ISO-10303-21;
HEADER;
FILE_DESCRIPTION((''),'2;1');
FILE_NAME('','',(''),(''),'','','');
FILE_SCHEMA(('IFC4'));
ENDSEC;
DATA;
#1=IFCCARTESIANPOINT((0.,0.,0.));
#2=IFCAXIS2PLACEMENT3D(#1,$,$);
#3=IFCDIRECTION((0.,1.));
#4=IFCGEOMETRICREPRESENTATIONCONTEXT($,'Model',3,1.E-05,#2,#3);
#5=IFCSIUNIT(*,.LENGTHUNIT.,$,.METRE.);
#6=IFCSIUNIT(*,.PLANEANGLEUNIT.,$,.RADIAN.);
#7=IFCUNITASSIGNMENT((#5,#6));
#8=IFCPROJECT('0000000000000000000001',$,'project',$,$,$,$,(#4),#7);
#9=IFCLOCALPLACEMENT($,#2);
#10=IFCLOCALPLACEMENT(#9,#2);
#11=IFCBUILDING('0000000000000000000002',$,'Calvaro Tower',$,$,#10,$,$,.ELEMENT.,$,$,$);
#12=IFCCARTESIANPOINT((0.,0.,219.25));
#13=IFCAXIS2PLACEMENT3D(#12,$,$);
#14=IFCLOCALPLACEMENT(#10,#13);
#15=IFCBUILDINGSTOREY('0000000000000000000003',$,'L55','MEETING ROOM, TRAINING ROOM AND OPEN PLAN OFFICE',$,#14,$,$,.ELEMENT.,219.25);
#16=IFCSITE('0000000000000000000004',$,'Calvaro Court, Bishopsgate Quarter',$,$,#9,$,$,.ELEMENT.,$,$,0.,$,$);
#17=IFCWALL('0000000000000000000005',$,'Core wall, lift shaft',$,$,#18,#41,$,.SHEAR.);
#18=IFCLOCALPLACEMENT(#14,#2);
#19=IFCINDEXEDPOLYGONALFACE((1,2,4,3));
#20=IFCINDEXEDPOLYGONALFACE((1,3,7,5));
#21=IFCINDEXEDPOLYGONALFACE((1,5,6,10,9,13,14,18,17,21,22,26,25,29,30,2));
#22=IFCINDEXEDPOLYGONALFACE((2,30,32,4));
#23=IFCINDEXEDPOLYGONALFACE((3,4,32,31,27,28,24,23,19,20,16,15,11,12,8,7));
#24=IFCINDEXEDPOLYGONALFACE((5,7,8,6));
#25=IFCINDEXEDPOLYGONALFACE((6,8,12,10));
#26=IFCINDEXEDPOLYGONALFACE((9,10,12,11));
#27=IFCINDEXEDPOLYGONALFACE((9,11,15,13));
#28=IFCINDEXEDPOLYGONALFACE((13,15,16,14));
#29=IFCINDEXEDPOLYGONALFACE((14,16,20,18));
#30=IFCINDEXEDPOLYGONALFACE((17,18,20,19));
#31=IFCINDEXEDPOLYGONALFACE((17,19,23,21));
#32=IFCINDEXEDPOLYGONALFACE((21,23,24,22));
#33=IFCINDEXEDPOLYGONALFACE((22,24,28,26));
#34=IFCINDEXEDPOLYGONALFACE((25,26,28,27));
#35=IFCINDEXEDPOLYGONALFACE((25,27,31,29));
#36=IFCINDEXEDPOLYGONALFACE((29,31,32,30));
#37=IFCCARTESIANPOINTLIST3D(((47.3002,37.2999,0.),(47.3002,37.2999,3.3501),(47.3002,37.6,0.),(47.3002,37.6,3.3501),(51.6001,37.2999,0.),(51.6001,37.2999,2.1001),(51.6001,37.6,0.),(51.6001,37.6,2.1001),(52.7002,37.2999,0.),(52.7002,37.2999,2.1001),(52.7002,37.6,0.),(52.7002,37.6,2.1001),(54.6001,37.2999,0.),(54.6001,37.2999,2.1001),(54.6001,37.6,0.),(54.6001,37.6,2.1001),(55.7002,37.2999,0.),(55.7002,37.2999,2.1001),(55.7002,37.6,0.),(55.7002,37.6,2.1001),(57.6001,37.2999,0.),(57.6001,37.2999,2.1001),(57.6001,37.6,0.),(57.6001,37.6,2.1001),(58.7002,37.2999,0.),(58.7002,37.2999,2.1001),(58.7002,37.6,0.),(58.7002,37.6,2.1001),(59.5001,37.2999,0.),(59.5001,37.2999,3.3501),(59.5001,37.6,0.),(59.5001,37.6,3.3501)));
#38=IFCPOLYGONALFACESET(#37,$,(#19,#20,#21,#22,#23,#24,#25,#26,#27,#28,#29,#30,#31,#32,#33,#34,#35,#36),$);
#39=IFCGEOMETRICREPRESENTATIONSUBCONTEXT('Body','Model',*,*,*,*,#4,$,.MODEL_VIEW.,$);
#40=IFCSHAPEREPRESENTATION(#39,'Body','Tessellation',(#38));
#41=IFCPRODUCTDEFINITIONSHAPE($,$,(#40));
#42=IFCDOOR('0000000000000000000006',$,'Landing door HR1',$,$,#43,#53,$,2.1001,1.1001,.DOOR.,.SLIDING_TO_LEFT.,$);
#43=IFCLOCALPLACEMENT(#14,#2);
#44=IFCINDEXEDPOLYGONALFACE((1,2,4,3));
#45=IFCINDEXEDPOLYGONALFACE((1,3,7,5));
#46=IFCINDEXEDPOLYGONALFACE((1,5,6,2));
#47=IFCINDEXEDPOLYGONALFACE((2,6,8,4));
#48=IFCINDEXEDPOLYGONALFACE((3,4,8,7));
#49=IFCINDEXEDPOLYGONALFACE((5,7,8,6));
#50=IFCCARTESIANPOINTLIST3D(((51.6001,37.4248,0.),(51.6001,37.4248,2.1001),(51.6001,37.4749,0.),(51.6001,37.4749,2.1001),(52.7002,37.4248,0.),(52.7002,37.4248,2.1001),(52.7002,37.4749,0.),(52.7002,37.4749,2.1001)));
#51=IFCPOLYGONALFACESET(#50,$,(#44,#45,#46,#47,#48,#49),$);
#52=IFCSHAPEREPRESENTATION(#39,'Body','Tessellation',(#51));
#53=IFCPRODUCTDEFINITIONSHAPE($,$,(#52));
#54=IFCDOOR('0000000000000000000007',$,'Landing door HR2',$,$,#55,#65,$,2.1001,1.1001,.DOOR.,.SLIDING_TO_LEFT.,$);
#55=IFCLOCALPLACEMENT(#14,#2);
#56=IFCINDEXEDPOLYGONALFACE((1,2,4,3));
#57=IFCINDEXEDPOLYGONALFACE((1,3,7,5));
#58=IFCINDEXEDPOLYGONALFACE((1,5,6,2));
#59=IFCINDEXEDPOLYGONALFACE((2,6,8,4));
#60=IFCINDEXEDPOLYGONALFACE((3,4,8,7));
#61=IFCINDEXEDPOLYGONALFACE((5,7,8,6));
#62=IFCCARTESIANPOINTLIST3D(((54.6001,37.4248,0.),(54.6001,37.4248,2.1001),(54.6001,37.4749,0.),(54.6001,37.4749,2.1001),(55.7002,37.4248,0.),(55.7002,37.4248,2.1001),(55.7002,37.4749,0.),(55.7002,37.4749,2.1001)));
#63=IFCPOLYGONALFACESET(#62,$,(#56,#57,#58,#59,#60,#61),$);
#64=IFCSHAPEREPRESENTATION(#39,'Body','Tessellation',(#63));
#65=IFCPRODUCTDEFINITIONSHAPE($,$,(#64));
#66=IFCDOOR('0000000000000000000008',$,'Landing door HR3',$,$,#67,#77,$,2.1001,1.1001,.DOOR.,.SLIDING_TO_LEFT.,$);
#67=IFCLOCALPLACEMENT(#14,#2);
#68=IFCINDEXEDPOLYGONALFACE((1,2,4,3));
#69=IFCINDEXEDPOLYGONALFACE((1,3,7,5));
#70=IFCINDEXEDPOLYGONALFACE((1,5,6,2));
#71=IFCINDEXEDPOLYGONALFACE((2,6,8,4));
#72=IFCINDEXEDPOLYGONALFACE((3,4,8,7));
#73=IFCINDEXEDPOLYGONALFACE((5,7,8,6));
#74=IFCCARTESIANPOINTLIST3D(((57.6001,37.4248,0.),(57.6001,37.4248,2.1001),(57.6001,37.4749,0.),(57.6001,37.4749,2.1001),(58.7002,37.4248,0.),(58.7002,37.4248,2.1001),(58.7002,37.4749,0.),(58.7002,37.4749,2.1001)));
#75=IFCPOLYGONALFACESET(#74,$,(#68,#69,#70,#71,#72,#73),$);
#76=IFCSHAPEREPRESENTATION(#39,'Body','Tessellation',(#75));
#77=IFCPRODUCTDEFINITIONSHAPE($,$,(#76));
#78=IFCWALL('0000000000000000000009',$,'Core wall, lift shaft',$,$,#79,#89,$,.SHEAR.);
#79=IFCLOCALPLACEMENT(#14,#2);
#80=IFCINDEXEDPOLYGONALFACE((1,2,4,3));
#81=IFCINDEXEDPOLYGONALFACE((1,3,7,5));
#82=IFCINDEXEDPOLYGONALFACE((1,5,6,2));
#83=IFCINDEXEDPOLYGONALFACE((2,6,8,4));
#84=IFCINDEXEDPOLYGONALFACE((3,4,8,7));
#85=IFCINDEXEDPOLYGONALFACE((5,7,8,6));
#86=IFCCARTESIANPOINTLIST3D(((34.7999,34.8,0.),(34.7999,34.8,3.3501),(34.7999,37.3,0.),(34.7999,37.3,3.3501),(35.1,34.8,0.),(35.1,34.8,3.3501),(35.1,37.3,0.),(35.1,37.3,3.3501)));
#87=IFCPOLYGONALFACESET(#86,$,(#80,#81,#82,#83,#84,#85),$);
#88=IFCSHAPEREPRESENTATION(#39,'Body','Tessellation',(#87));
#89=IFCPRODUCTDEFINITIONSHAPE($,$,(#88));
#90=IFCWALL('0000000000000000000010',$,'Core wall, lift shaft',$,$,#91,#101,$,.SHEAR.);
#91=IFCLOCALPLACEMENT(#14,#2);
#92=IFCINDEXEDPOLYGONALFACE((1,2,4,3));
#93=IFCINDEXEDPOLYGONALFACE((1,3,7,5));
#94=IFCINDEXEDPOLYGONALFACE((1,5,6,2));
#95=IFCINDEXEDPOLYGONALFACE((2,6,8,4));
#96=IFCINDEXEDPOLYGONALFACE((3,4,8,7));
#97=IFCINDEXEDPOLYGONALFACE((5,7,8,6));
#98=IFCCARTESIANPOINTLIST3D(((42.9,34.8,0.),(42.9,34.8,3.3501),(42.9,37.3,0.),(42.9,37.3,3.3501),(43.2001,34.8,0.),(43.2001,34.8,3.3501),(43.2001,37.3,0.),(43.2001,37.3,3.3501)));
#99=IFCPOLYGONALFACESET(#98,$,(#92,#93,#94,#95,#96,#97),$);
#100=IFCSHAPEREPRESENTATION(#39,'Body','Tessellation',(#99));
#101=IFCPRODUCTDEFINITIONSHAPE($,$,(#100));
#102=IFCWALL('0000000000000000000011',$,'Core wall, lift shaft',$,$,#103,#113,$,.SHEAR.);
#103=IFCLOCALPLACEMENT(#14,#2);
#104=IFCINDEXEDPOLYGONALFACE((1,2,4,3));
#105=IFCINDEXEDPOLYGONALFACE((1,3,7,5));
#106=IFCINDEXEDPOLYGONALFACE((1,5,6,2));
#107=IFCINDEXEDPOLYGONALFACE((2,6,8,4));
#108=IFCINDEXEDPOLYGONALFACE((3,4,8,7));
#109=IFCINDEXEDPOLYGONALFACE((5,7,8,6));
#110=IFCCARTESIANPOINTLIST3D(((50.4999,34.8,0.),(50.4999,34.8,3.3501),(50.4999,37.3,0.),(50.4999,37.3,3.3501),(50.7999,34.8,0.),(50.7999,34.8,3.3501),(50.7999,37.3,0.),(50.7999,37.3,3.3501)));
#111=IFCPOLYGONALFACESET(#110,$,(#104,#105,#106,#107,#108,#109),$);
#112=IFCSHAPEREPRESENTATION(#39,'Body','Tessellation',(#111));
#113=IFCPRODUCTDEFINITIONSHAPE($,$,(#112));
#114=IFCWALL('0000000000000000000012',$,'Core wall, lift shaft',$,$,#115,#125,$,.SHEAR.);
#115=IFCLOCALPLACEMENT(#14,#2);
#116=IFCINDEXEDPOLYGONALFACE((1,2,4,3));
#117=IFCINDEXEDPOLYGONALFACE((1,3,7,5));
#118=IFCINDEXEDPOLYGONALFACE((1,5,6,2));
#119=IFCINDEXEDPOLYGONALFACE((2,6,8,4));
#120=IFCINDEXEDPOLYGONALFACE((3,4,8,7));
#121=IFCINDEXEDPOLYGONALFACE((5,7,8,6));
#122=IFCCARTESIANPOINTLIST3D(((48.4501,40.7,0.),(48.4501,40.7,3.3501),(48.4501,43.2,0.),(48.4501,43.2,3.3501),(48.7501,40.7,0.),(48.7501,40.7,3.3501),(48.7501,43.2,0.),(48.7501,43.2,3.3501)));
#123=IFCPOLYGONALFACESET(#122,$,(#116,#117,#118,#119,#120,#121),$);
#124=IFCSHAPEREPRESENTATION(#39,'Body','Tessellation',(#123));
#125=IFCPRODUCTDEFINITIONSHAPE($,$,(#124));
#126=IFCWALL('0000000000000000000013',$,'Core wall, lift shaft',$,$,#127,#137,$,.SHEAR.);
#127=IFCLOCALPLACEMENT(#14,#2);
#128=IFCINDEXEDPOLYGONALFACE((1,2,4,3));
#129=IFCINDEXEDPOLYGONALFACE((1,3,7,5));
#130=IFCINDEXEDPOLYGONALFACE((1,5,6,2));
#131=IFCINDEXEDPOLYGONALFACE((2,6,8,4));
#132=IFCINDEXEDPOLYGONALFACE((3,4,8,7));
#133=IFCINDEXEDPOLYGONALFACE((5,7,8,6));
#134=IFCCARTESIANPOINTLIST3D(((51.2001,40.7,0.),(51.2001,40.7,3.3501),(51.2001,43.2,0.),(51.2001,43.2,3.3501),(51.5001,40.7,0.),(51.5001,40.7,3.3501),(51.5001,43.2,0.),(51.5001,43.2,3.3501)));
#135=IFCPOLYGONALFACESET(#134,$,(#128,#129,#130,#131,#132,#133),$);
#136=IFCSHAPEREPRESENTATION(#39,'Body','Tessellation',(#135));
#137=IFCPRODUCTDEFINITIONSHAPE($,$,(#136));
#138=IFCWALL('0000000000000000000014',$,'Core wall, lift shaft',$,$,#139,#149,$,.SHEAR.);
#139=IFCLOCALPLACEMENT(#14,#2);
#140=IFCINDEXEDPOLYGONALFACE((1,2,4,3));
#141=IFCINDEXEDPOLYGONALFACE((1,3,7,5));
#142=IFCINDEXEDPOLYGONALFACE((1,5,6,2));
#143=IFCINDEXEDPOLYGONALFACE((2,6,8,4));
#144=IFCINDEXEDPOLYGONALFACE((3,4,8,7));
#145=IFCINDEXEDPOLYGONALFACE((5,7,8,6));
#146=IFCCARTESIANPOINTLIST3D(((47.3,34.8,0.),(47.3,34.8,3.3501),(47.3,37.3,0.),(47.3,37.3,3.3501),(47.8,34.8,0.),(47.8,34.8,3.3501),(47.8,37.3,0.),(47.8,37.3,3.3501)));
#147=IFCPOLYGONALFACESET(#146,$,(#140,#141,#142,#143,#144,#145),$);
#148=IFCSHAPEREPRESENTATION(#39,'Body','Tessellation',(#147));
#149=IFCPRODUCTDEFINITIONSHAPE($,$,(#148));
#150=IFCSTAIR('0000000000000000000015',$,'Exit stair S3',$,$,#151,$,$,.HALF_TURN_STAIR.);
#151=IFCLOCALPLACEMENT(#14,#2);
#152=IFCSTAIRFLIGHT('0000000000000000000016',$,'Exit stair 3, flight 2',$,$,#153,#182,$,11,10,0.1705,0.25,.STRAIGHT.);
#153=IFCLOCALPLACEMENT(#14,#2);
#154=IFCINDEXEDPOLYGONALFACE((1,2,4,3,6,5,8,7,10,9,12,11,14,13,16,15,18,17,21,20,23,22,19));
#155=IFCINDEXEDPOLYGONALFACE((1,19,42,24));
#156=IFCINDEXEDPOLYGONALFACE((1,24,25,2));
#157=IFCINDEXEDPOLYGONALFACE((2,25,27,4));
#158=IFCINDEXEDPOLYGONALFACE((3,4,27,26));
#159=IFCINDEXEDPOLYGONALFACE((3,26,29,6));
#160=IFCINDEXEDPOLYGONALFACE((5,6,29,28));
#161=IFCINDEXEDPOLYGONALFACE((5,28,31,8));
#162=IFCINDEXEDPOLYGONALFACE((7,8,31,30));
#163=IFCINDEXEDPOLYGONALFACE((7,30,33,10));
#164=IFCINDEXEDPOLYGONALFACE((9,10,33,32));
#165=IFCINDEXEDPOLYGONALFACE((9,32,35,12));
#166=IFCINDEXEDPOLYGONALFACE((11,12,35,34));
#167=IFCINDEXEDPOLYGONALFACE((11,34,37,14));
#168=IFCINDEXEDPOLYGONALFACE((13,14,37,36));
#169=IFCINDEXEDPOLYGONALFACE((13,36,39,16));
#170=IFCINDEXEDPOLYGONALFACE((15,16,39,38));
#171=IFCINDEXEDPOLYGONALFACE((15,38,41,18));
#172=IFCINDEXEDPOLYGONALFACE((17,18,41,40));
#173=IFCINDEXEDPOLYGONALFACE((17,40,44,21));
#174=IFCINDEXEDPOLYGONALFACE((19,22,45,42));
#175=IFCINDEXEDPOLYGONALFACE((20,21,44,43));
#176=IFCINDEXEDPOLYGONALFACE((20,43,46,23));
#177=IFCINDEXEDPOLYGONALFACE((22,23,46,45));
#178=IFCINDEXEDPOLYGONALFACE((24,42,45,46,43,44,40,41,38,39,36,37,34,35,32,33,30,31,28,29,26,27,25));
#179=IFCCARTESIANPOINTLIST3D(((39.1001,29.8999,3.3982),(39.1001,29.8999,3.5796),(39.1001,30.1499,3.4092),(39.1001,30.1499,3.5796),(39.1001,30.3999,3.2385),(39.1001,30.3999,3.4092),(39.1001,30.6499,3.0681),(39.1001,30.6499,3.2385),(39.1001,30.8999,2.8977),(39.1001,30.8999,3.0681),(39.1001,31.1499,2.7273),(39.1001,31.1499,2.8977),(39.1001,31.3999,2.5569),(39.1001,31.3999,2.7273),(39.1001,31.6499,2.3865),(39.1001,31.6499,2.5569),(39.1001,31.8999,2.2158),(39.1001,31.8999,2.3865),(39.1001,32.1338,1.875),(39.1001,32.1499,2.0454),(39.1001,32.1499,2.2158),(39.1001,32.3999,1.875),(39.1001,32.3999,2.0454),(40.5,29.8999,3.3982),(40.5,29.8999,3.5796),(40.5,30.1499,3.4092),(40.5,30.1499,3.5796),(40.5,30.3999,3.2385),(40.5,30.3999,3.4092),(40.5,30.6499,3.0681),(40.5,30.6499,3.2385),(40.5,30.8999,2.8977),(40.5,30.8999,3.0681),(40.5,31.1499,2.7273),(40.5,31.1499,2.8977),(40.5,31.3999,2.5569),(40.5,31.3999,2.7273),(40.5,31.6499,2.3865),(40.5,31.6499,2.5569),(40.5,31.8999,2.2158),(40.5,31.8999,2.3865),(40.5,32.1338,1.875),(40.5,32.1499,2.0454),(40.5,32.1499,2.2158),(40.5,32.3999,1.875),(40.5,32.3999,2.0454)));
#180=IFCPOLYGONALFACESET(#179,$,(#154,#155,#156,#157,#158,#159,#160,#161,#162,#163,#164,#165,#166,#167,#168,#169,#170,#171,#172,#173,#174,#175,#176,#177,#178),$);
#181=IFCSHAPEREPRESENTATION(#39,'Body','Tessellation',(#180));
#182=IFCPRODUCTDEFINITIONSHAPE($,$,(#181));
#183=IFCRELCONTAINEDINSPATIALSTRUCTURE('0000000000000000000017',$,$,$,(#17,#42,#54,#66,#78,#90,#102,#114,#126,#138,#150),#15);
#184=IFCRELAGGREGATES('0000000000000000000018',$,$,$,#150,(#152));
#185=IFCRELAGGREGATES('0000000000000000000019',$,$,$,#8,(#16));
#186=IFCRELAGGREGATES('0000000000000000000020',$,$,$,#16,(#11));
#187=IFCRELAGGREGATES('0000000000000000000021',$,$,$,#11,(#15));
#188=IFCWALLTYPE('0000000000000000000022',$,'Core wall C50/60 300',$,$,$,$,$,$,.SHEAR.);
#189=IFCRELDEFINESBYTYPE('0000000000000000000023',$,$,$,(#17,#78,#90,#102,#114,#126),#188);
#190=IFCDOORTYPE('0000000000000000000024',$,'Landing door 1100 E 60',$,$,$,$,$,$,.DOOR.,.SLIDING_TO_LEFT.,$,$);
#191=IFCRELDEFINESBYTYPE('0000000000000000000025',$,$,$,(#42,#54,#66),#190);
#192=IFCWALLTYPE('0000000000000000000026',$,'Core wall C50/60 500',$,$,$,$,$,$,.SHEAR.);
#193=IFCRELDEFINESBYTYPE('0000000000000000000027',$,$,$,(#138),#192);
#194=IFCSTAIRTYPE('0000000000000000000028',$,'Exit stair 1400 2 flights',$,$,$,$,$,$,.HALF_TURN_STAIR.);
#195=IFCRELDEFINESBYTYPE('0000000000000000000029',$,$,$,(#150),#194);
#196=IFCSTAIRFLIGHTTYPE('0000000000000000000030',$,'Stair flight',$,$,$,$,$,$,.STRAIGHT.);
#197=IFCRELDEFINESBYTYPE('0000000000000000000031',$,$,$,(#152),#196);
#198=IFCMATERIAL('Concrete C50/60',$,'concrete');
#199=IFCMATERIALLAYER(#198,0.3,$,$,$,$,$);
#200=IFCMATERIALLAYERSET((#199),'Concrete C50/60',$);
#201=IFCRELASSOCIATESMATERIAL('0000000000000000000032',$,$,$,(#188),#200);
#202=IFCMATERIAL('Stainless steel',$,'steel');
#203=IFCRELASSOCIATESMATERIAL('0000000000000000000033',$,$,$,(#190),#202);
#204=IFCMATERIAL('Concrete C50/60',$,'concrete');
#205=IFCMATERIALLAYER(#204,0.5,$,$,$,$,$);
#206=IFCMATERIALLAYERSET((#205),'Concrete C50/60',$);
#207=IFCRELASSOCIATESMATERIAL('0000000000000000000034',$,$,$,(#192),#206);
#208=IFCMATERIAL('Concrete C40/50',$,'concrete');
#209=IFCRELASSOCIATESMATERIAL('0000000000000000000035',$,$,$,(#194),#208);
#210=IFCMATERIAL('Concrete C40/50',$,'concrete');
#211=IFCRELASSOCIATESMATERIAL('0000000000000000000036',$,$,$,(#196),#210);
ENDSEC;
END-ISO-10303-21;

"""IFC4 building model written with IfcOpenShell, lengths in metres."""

from ifc_helpers import new_model, si_unit, direction, frame, frame_2d, origin, place, context, subcontext, project, spatial, polyline, rectangle, outline, extrude, material, layer, layer_set, type_object, element, fill, aggregate, save


model = new_model("IFC4")

# Units and contexts
model_context = context("Model", 3, precision=1e-05, world=origin(), true_north=direction((0.0, 1.0)))
body_context = subcontext(model_context, "Body", "Model", "MODEL_VIEW")
ifc_project = project(units=[si_unit("LENGTHUNIT", "METRE"), si_unit("PLANEANGLEUNIT", "RADIAN")], contexts=[model_context])

# Site, building, storey
site_placement = place(None, origin())
site = spatial("IfcSite", under=ifc_project, at=site_placement, Name="Calvaro Court, Bishopsgate Quarter", CompositionType="ELEMENT", RefElevation=0.0)
building_placement = place(site_placement, origin())
building = spatial("IfcBuilding", under=site, at=building_placement, Name="Calvaro Tower", CompositionType="ELEMENT")
storey_placement = place(building_placement, frame((0.0, 0.0, 219.25)))
storey = spatial("IfcBuildingStorey", under=building, at=storey_placement, Name="L55", Description="MEETING ROOM, TRAINING ROOM AND OPEN PLAN OFFICE", CompositionType="ELEMENT", Elevation=219.25)

# Shared definitions
ifc_material_1 = material(Name="Concrete C50/60", Category="concrete")
ifc_layer_1 = layer(ifc_material_1, 0.3)
ifc_layer_set_1 = layer_set([ifc_layer_1], Name="Concrete C50/60")
wall_type_1 = type_object("IfcWallType", Name="Core wall C50/60 300", PredefinedType="SHEAR", material=ifc_layer_set_1)
ifc_material_2 = material(Name="Stainless steel", Category="steel")
door_type_1 = type_object("IfcDoorType", Name="Landing door 1100 E 60", OperationType="SLIDING_TO_LEFT", PredefinedType="DOOR", material=ifc_material_2)

# Wall, openings, doors
wall_1_placement = place(storey_placement, frame((47.3, 37.45, 0.0), z_axis=(0.0, 0.0, 1.0), x_axis=(1.0, 0.0, 0.0)))
wall_1 = element("IfcWall", 1, at=wall_1_placement, inside=storey, type_object=wall_type_1, Name="Core wall, lift shaft", PredefinedType="SHEAR", context=body_context, shape_type="SweptSolid", body=[
    extrude(rectangle(XDim=12.2, YDim=0.3, at=frame_2d((6.1001, 0.0))), origin(), (0.0, 0.0, 1.0), 3.3501),
])
opening_1_placement = place(wall_1_placement, frame((4.3, 0.0, 0.0)))
opening_1 = element("IfcOpeningElement", 2, at=opening_1_placement, cuts=wall_1, PredefinedType="OPENING", context=body_context, shape_type="SweptSolid", body=[
    extrude(rectangle(XDim=1.1001, YDim=2.1001, at=frame_2d((0.55, 1.05))), frame((0.0, 0.1599, 0.0), z_axis=(0.0, -1.0, 0.0), x_axis=(1.0, 0.0, 0.0)), (0.0, 0.0, 1.0), 0.3201),
])
opening_2_placement = place(wall_1_placement, frame((7.3, 0.0, 0.0)))
opening_2 = element("IfcOpeningElement", 3, at=opening_2_placement, cuts=wall_1, PredefinedType="OPENING", context=body_context, shape_type="SweptSolid", body=[
    extrude(rectangle(XDim=1.1001, YDim=2.1001, at=frame_2d((0.55, 1.05))), frame((0.0, 0.1599, 0.0), z_axis=(0.0, -1.0, 0.0), x_axis=(1.0, 0.0, 0.0)), (0.0, 0.0, 1.0), 0.3201),
])
opening_3_placement = place(wall_1_placement, frame((10.3, 0.0, 0.0)))
opening_3 = element("IfcOpeningElement", 4, at=opening_3_placement, cuts=wall_1, PredefinedType="OPENING", context=body_context, shape_type="SweptSolid", body=[
    extrude(rectangle(XDim=1.1001, YDim=2.1001, at=frame_2d((0.55, 1.05))), frame((0.0, 0.1599, 0.0), z_axis=(0.0, -1.0, 0.0), x_axis=(1.0, 0.0, 0.0)), (0.0, 0.0, 1.0), 0.3201),
])
door_1_placement = place(opening_1_placement, origin())
door_1 = element("IfcDoor", 5, at=door_1_placement, inside=storey, type_object=door_type_1, Name="Landing door HR1", OperationType="SLIDING_TO_LEFT", OverallHeight=2.1001, OverallWidth=1.1001, PredefinedType="DOOR", context=body_context, shape_type="SweptSolid", body=[
    extrude(rectangle(XDim=1.1001, YDim=2.1001, at=frame_2d((0.55, 1.05))), frame((0.0, 0.0249, 0.0), z_axis=(0.0, -1.0, 0.0), x_axis=(1.0, 0.0, 0.0)), (0.0, 0.0, 1.0), 0.05),
])
fill(opening_1, door_1)
door_2_placement = place(opening_2_placement, origin())
door_2 = element("IfcDoor", 6, at=door_2_placement, inside=storey, type_object=door_type_1, Name="Landing door HR2", OperationType="SLIDING_TO_LEFT", OverallHeight=2.1001, OverallWidth=1.1001, PredefinedType="DOOR", context=body_context, shape_type="SweptSolid", body=[
    extrude(rectangle(XDim=1.1001, YDim=2.1001, at=frame_2d((0.55, 1.05))), frame((0.0, 0.0249, 0.0), z_axis=(0.0, -1.0, 0.0), x_axis=(1.0, 0.0, 0.0)), (0.0, 0.0, 1.0), 0.05),
])
fill(opening_2, door_2)
door_3_placement = place(opening_3_placement, origin())
door_3 = element("IfcDoor", 7, at=door_3_placement, inside=storey, type_object=door_type_1, Name="Landing door HR3", OperationType="SLIDING_TO_LEFT", OverallHeight=2.1001, OverallWidth=1.1001, PredefinedType="DOOR", context=body_context, shape_type="SweptSolid", body=[
    extrude(rectangle(XDim=1.1001, YDim=2.1001, at=frame_2d((0.55, 1.05))), frame((0.0, 0.0249, 0.0), z_axis=(0.0, -1.0, 0.0), x_axis=(1.0, 0.0, 0.0)), (0.0, 0.0, 1.0), 0.05),
])
fill(opening_3, door_3)

# Walls
for number, where, z_axis, x_axis, name in (
    (8, (34.95, 34.8, 0.0), (0.0, 0.0, 1.0), (0.0, 1.0, 0.0), "Core wall, lift shaft"),
    (9, (43.05, 34.8, 0.0), (0.0, 0.0, 1.0), (0.0, 1.0, 0.0), "Core wall, lift shaft"),
    (10, (50.6499, 34.8, 0.0), (0.0, 0.0, 1.0), (0.0, 1.0, 0.0), "Core wall, lift shaft"),
    (11, (48.6001, 40.7, 0.0), (0.0, 0.0, 1.0), (0.0, 1.0, 0.0), "Core wall, lift shaft"),
    (12, (51.3501, 40.7, 0.0), (0.0, 0.0, 1.0), (0.0, 1.0, 0.0), "Core wall, lift shaft"),
):
    element("IfcWall", number, at=place(storey_placement, frame(where, z_axis=z_axis, x_axis=x_axis)), inside=storey, type_object=wall_type_1, Name=name, PredefinedType="SHEAR", context=body_context, shape_type="SweptSolid", body=[
        extrude(rectangle(XDim=2.5, YDim=0.3, at=frame_2d((1.25, 0.0))), origin(), (0.0, 0.0, 1.0), 3.3501),
    ])
ifc_material_3 = material(Name="Concrete C50/60", Category="concrete")
ifc_layer_2 = layer(ifc_material_3, 0.5)
ifc_layer_set_2 = layer_set([ifc_layer_2], Name="Concrete C50/60")
wall_type_2 = type_object("IfcWallType", Name="Core wall C50/60 500", PredefinedType="SHEAR", material=ifc_layer_set_2)
wall_2_placement = place(storey_placement, frame((47.55, 34.8, 0.0), z_axis=(0.0, 0.0, 1.0), x_axis=(0.0, 1.0, 0.0)))
element("IfcWall", 13, at=wall_2_placement, inside=storey, type_object=wall_type_2, Name="Core wall, lift shaft", PredefinedType="SHEAR", context=body_context, shape_type="SweptSolid", body=[
    extrude(rectangle(XDim=2.5, YDim=0.5, at=frame_2d((1.25, 0.0))), origin(), (0.0, 0.0, 1.0), 3.3501),
])

# Stair, stair flight
ifc_material_4 = material(Name="Concrete C40/50", Category="concrete")
stair_type = type_object("IfcStairType", Name="Exit stair 1400 2 flights", PredefinedType="HALF_TURN_STAIR", material=ifc_material_4)
stair_1_placement = place(storey_placement, origin())
stair_1 = element("IfcStair", 14, at=stair_1_placement, inside=storey, type_object=stair_type, Name="Exit stair S3", PredefinedType="HALF_TURN_STAIR")
ifc_material_5 = material(Name="Concrete C40/50", Category="concrete")
stair_flight_type = type_object("IfcStairFlightType", Name="Stair flight", PredefinedType="STRAIGHT", material=ifc_material_5)
stair_flight_1_placement = place(storey_placement, frame((39.8, 32.3999, 1.875), z_axis=(0.0, 0.0, 1.0), x_axis=(0.0, -1.0, 0.0)))
stair_flight_1 = element("IfcStairFlight", 15, at=stair_flight_1_placement, type_object=stair_flight_type, Name="Exit stair 3, flight 2", NumberOfRisers=11, NumberOfTreads=10, PredefinedType="STRAIGHT", RiserHeight=0.1705, TreadLength=0.25, context=body_context, shape_type="SweptSolid", body=[
    extrude(outline(polyline([(0.0, 0.0), (0.0, 0.1704), (0.25, 0.1704), (0.25, 0.3408), (0.5, 0.3408), (0.5, 0.5115), (0.75, 0.5115), (0.75, 0.6819), (1.0, 0.6819), (1.0, 0.8523), (1.25, 0.8523), (1.25, 1.0227), (1.5, 1.0227), (1.5, 1.1931), (1.75, 1.1931), (1.75, 1.3635), (2.0, 1.3635), (2.0, 1.5342), (2.25, 1.5342), (2.25, 1.7046), (2.5, 1.7046), (2.5, 1.875), (2.5, 1.5232), (0.2661, 0.0), (0.0, 0.0)])), frame((0.0, 0.7, 0.0), z_axis=(0.0, -1.0, 0.0), x_axis=(1.0, 0.0, 0.0)), (0.0, 0.0, 1.0), 1.3999),
])

aggregate(stair_1, [stair_flight_1])

save(model, "model.ifc")
